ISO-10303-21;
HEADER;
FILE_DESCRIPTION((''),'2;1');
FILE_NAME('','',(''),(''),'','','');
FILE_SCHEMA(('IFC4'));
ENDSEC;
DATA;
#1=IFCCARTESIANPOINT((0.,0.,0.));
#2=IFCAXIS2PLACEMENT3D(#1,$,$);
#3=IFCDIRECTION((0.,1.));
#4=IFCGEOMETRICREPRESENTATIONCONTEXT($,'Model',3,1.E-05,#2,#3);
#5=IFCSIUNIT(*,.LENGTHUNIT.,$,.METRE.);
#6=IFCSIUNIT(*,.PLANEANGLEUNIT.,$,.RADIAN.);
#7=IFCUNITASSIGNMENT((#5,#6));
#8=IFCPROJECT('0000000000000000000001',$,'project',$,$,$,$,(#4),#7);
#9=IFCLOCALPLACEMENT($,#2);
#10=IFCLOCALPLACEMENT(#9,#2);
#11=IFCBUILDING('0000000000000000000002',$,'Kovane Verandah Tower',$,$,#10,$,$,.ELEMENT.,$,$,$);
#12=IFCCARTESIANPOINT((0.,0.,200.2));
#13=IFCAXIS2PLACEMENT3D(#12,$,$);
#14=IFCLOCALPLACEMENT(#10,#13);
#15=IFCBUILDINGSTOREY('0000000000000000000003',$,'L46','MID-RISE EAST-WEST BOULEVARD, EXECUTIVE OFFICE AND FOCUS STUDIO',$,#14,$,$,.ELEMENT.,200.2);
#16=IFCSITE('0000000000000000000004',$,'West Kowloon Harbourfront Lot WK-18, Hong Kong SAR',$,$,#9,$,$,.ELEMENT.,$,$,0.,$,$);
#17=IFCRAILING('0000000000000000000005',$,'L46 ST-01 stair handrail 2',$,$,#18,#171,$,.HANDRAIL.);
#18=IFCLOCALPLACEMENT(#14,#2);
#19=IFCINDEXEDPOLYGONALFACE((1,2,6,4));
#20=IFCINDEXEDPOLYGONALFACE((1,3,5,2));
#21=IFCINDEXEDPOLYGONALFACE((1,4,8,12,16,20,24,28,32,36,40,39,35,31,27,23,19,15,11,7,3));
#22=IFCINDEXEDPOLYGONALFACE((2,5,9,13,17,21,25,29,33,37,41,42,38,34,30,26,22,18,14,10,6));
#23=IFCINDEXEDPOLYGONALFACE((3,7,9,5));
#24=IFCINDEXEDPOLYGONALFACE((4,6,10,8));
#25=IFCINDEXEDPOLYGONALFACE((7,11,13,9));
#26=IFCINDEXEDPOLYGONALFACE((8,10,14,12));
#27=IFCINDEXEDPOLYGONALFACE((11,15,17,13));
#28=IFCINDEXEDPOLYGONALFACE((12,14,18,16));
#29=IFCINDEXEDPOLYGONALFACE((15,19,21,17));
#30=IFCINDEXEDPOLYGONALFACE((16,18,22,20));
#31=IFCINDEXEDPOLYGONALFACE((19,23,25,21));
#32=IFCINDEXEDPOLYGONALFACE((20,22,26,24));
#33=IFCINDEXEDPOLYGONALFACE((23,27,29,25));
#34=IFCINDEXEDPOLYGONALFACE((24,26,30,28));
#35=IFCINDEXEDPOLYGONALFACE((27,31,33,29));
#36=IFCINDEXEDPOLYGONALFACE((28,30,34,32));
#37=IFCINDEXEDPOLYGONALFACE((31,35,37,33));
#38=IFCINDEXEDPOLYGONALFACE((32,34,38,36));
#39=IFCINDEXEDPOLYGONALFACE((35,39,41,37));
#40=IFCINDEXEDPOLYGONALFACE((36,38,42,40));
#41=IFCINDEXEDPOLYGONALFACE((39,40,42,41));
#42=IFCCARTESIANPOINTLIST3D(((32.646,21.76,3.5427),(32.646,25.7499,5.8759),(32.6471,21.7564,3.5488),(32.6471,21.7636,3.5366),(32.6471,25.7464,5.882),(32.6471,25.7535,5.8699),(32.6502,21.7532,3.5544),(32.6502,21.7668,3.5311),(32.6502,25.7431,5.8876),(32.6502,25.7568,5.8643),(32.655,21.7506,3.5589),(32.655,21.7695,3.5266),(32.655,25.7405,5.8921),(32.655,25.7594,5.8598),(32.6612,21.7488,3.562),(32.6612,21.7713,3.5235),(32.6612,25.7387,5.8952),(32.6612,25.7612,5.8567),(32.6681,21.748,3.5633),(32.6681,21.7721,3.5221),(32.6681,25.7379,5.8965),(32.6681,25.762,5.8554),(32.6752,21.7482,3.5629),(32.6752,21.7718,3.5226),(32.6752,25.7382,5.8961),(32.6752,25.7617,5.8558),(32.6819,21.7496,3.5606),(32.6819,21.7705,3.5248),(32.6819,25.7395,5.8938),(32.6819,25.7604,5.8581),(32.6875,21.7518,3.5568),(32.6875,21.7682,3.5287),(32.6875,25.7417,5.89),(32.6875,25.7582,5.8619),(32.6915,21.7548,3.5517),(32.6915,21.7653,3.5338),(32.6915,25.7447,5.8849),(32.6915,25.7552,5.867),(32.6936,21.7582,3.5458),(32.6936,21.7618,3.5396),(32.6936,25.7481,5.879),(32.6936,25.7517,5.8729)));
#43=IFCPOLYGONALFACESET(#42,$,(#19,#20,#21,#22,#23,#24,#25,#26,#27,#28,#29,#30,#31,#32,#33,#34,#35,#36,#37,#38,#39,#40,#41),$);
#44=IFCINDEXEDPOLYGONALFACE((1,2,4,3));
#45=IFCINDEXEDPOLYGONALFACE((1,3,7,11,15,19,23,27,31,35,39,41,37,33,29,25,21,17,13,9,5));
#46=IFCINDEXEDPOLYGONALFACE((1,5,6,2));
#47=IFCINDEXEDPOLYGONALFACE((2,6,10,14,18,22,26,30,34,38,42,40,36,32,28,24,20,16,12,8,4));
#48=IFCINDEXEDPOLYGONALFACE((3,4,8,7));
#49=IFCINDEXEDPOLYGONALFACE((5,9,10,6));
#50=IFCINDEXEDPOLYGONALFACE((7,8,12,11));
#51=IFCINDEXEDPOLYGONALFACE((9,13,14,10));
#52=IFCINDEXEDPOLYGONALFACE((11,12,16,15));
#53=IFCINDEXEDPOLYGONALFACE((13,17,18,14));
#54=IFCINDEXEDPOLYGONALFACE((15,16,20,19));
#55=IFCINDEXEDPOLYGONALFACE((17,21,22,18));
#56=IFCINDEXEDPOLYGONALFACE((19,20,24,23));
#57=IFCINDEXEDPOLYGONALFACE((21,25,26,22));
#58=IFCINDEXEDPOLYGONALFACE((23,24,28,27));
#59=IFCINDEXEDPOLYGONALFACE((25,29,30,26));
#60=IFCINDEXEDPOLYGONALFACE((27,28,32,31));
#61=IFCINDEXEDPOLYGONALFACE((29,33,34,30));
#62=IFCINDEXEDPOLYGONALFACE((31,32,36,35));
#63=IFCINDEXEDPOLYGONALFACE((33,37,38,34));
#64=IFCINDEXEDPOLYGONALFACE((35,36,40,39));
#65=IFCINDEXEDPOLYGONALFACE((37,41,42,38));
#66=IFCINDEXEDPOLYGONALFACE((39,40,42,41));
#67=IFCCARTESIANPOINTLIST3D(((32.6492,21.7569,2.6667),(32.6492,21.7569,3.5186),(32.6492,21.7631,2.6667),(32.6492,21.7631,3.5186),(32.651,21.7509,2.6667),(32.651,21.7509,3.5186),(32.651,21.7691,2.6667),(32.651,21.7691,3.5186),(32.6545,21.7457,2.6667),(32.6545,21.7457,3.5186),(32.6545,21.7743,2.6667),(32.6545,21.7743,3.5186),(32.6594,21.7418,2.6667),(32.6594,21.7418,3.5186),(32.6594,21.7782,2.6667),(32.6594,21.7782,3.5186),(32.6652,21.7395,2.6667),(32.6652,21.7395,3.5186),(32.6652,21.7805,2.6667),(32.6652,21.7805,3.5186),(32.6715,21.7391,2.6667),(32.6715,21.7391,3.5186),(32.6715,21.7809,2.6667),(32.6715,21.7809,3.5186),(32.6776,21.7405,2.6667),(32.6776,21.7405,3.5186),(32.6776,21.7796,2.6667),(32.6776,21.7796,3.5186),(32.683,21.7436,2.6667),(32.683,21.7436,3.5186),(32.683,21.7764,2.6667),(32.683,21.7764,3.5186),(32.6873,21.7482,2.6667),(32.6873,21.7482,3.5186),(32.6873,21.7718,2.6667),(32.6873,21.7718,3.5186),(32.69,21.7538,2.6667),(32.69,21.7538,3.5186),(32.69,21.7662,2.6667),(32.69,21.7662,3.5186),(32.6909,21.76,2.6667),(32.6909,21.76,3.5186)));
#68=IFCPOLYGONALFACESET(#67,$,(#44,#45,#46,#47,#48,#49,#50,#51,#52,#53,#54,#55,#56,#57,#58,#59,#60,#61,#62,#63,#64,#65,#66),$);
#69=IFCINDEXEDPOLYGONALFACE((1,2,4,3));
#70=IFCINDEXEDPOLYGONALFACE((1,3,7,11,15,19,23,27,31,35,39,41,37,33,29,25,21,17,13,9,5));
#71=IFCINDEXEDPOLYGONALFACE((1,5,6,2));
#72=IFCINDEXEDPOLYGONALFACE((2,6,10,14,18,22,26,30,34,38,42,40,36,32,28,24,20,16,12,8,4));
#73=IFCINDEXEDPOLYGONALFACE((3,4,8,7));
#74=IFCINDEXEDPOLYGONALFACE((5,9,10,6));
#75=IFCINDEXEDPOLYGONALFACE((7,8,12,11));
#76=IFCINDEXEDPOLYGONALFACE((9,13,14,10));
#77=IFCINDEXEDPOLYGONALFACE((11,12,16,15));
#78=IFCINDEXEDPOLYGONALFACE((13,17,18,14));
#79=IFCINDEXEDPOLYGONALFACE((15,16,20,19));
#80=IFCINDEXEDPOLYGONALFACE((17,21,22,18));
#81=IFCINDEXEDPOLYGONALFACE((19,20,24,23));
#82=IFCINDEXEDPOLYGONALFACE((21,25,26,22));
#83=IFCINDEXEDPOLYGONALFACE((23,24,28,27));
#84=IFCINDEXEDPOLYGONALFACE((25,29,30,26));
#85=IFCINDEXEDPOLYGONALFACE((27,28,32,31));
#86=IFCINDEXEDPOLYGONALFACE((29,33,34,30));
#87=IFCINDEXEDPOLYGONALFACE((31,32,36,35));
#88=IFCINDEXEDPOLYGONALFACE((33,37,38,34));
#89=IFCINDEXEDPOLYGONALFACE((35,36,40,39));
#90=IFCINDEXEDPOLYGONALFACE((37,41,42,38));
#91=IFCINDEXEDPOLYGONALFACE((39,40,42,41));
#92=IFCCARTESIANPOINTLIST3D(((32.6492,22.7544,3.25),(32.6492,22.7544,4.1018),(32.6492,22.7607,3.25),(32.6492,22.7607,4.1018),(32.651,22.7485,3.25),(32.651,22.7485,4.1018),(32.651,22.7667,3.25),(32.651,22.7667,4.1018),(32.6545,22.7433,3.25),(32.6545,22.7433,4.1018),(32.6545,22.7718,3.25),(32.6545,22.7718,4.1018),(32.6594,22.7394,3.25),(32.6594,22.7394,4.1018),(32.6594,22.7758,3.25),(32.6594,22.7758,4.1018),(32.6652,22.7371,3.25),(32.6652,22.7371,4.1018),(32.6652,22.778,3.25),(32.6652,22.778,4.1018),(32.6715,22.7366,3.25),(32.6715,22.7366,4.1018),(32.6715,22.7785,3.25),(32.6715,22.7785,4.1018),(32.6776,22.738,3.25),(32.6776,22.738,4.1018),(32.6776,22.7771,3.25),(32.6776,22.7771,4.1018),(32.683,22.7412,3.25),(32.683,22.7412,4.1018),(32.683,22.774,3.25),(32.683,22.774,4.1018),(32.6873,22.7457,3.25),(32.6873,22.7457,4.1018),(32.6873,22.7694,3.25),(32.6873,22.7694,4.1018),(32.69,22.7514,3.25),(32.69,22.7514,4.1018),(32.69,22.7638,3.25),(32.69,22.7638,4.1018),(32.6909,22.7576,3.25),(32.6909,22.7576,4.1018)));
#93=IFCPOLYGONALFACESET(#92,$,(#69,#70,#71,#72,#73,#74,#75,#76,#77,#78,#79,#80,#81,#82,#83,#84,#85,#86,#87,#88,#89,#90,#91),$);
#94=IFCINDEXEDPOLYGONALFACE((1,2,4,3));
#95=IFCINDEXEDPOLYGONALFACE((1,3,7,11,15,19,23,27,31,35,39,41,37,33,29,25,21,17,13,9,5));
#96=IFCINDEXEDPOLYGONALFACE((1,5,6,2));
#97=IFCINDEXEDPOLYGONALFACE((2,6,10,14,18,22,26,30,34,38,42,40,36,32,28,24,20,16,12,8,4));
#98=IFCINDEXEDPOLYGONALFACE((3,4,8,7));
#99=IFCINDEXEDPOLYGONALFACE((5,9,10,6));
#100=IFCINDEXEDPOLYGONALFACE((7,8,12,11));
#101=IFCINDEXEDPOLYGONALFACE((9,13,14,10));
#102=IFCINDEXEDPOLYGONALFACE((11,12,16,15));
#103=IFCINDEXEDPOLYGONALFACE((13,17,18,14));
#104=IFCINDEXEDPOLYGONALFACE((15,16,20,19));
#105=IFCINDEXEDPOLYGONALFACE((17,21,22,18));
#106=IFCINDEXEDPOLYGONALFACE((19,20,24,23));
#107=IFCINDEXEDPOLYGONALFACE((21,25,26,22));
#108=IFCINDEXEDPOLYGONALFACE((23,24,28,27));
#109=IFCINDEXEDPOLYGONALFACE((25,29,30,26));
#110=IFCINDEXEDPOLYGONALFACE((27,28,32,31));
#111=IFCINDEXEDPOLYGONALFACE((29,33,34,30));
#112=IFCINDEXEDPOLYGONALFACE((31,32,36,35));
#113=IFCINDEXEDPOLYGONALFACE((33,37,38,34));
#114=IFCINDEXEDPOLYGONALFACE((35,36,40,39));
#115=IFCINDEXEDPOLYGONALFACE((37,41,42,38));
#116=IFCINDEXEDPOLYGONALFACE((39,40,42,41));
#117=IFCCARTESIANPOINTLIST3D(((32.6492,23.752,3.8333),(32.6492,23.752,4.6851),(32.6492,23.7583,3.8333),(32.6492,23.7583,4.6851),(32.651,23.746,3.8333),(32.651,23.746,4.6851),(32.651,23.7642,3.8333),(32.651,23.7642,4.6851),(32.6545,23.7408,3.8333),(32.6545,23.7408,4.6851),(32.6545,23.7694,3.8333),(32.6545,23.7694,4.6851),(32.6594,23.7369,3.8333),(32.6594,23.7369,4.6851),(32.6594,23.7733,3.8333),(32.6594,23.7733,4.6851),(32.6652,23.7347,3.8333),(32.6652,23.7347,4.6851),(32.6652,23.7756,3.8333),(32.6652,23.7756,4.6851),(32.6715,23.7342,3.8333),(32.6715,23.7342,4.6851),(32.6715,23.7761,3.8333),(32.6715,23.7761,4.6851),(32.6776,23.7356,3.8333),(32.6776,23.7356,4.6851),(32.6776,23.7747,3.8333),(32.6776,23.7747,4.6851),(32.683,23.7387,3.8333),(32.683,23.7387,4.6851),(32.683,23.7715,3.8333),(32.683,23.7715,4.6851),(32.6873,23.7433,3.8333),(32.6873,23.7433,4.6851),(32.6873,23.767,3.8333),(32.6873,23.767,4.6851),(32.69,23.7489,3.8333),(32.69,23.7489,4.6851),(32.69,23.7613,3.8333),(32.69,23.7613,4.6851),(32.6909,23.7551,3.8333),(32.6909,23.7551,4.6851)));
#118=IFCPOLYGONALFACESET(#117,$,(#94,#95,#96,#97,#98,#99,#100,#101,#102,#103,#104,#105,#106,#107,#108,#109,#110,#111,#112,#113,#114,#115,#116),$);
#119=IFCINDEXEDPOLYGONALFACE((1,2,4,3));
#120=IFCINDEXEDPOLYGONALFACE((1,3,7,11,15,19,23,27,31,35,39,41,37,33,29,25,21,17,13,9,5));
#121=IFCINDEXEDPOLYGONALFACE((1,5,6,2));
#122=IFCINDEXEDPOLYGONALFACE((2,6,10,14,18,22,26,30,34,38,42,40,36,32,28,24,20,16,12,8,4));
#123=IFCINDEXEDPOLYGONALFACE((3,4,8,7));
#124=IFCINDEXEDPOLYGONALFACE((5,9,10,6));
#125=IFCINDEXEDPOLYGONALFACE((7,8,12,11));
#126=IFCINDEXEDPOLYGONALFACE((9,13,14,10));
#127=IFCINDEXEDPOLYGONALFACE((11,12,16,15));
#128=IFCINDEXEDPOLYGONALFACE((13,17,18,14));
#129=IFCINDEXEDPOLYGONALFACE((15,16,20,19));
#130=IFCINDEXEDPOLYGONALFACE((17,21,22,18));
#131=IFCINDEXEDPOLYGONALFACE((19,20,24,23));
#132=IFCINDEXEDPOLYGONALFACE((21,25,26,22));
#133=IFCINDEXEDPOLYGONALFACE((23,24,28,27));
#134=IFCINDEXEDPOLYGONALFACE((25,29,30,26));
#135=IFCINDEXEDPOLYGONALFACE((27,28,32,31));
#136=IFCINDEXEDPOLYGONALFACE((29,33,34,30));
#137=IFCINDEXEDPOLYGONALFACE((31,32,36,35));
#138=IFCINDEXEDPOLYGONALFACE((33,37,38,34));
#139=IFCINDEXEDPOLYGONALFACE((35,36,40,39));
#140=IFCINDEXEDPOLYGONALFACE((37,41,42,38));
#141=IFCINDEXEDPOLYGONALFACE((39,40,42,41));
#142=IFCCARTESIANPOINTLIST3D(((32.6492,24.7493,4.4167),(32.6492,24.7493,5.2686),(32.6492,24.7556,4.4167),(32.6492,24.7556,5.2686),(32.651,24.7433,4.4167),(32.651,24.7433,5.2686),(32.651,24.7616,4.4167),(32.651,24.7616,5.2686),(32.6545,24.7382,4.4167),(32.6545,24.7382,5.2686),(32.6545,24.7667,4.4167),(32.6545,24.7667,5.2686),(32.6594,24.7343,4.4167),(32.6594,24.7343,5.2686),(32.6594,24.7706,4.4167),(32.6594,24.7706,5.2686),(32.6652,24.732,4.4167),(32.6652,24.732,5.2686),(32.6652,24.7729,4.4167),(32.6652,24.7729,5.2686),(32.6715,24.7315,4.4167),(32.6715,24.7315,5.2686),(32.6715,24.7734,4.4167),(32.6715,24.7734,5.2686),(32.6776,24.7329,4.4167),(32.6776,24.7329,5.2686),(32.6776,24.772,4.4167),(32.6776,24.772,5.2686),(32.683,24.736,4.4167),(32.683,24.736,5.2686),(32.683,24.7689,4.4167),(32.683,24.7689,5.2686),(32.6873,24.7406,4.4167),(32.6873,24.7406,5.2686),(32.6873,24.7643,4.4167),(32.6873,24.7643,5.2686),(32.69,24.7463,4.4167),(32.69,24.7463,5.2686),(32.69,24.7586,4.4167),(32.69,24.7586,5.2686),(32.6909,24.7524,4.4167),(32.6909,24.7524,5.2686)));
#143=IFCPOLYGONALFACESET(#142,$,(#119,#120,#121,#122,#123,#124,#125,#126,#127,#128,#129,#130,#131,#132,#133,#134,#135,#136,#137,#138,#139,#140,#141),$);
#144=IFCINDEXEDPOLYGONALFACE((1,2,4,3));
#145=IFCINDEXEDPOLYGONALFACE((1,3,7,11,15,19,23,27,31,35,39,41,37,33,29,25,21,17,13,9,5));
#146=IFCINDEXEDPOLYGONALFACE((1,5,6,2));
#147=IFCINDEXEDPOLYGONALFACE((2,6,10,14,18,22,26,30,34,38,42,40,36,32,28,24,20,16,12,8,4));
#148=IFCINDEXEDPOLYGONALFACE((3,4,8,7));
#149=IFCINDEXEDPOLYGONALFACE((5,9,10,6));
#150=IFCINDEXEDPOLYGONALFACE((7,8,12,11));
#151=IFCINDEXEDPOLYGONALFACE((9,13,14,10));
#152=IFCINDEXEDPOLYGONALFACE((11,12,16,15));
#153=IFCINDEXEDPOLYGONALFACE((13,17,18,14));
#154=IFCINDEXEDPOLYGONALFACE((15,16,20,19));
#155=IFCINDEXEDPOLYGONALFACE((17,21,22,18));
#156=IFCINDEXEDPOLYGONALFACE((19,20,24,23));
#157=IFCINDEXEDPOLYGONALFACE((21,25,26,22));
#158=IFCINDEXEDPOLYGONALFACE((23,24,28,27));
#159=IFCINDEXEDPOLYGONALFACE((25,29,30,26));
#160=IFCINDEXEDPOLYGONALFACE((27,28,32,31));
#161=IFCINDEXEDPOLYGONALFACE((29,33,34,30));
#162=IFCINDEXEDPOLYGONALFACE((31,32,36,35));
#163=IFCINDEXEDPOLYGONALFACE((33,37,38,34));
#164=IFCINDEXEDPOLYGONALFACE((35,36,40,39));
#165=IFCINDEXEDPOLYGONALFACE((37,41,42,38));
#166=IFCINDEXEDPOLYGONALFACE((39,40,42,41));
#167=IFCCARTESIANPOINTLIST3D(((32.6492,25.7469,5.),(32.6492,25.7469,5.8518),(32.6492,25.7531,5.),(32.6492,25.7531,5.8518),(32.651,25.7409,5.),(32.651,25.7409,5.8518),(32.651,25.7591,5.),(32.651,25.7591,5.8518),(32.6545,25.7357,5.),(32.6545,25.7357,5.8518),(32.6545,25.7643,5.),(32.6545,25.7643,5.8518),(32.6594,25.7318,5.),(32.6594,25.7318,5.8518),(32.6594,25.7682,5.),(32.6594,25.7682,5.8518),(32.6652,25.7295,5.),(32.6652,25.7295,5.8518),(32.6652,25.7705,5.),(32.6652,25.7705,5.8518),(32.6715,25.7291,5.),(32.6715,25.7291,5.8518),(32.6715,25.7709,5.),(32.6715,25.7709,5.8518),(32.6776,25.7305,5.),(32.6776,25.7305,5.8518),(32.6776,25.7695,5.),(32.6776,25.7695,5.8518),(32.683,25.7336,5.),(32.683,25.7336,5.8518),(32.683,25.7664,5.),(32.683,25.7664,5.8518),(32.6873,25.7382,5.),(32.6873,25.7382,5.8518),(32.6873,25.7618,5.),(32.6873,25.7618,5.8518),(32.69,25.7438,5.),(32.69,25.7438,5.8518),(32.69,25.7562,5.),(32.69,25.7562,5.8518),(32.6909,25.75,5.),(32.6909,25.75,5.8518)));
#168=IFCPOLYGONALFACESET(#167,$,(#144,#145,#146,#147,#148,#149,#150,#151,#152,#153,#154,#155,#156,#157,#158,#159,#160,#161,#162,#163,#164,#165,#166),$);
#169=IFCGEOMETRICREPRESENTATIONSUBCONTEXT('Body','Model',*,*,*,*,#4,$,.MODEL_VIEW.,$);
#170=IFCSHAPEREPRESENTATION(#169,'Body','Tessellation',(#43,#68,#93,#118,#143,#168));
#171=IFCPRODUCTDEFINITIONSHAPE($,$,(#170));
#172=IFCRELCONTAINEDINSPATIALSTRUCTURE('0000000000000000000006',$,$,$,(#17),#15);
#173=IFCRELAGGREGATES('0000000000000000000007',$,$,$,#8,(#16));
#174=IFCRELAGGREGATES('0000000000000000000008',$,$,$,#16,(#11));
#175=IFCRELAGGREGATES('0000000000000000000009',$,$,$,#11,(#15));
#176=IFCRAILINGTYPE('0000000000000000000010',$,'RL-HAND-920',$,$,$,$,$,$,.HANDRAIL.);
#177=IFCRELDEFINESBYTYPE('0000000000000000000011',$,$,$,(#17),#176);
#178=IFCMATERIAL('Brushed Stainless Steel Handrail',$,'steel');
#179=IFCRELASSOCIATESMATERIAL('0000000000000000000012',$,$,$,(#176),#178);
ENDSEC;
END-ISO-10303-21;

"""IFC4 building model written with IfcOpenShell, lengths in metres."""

from ifc_helpers import new_model, si_unit, direction, frame, origin, origin_2d, place, context, subcontext, project, spatial, circle, extrude, material, type_object, element, save


model = new_model("IFC4")

# Units and contexts
model_context = context("Model", 3, precision=1e-05, world=origin(), true_north=direction((0.0, 1.0)))
body_context = subcontext(model_context, "Body", "Model", "MODEL_VIEW")
ifc_project = project(units=[si_unit("LENGTHUNIT", "METRE"), si_unit("PLANEANGLEUNIT", "RADIAN")], contexts=[model_context])

# Site, building, storey
site_placement = place(None, origin())
site = spatial("IfcSite", under=ifc_project, at=site_placement, Name="West Kowloon Harbourfront Lot WK-18, Hong Kong SAR", CompositionType="ELEMENT", RefElevation=0.0)
building_placement = place(site_placement, origin())
building = spatial("IfcBuilding", under=site, at=building_placement, Name="Kovane Verandah Tower", CompositionType="ELEMENT")
storey_placement = place(building_placement, frame((0.0, 0.0, 200.2)))
storey = spatial("IfcBuildingStorey", under=building, at=storey_placement, Name="L46", Description="MID-RISE EAST-WEST BOULEVARD, EXECUTIVE OFFICE AND FOCUS STUDIO", CompositionType="ELEMENT", Elevation=200.2)

# Railing
ifc_material_1 = material(Name="Brushed Stainless Steel Handrail", Category="steel")
railing_type_1 = type_object("IfcRailingType", Name="RL-HAND-920", PredefinedType="HANDRAIL", material=ifc_material_1)
railing_1_placement = place(storey_placement, frame((32.6699, 21.76, 2.6667)))
element("IfcRailing", 1, at=railing_1_placement, inside=storey, type_object=railing_type_1, Name="L46 ST-01 stair handrail 2", PredefinedType="HANDRAIL", context=body_context, shape_type="SweptSolid", body=[
    extrude(circle(Radius=0.0239, at=origin_2d()), frame((0.0, 0.0, 0.876), z_axis=(0.0, 0.863236, 0.5048), x_axis=(-1.0, 0.0, 0.0)), (0.0, 0.0, 1.0), 4.6221),
    extrude(circle(Radius=0.021, at=origin_2d()), origin(), (0.0, 0.0, 1.0), 0.8518),
    extrude(circle(Radius=0.021, at=origin_2d()), frame((0.0, 0.9976, 0.5833)), (0.0, 0.0, 1.0), 0.8518),
    extrude(circle(Radius=0.021, at=origin_2d()), frame((0.0, 1.9951, 1.1665)), (0.0, 0.0, 1.0), 0.8518),
    extrude(circle(Radius=0.021, at=origin_2d()), frame((0.0, 2.9924, 1.75)), (0.0, 0.0, 1.0), 0.8518),
    extrude(circle(Radius=0.021, at=origin_2d()), frame((0.0, 3.99, 2.3333)), (0.0, 0.0, 1.0), 0.8518),
])

save(model, "model.ifc")
